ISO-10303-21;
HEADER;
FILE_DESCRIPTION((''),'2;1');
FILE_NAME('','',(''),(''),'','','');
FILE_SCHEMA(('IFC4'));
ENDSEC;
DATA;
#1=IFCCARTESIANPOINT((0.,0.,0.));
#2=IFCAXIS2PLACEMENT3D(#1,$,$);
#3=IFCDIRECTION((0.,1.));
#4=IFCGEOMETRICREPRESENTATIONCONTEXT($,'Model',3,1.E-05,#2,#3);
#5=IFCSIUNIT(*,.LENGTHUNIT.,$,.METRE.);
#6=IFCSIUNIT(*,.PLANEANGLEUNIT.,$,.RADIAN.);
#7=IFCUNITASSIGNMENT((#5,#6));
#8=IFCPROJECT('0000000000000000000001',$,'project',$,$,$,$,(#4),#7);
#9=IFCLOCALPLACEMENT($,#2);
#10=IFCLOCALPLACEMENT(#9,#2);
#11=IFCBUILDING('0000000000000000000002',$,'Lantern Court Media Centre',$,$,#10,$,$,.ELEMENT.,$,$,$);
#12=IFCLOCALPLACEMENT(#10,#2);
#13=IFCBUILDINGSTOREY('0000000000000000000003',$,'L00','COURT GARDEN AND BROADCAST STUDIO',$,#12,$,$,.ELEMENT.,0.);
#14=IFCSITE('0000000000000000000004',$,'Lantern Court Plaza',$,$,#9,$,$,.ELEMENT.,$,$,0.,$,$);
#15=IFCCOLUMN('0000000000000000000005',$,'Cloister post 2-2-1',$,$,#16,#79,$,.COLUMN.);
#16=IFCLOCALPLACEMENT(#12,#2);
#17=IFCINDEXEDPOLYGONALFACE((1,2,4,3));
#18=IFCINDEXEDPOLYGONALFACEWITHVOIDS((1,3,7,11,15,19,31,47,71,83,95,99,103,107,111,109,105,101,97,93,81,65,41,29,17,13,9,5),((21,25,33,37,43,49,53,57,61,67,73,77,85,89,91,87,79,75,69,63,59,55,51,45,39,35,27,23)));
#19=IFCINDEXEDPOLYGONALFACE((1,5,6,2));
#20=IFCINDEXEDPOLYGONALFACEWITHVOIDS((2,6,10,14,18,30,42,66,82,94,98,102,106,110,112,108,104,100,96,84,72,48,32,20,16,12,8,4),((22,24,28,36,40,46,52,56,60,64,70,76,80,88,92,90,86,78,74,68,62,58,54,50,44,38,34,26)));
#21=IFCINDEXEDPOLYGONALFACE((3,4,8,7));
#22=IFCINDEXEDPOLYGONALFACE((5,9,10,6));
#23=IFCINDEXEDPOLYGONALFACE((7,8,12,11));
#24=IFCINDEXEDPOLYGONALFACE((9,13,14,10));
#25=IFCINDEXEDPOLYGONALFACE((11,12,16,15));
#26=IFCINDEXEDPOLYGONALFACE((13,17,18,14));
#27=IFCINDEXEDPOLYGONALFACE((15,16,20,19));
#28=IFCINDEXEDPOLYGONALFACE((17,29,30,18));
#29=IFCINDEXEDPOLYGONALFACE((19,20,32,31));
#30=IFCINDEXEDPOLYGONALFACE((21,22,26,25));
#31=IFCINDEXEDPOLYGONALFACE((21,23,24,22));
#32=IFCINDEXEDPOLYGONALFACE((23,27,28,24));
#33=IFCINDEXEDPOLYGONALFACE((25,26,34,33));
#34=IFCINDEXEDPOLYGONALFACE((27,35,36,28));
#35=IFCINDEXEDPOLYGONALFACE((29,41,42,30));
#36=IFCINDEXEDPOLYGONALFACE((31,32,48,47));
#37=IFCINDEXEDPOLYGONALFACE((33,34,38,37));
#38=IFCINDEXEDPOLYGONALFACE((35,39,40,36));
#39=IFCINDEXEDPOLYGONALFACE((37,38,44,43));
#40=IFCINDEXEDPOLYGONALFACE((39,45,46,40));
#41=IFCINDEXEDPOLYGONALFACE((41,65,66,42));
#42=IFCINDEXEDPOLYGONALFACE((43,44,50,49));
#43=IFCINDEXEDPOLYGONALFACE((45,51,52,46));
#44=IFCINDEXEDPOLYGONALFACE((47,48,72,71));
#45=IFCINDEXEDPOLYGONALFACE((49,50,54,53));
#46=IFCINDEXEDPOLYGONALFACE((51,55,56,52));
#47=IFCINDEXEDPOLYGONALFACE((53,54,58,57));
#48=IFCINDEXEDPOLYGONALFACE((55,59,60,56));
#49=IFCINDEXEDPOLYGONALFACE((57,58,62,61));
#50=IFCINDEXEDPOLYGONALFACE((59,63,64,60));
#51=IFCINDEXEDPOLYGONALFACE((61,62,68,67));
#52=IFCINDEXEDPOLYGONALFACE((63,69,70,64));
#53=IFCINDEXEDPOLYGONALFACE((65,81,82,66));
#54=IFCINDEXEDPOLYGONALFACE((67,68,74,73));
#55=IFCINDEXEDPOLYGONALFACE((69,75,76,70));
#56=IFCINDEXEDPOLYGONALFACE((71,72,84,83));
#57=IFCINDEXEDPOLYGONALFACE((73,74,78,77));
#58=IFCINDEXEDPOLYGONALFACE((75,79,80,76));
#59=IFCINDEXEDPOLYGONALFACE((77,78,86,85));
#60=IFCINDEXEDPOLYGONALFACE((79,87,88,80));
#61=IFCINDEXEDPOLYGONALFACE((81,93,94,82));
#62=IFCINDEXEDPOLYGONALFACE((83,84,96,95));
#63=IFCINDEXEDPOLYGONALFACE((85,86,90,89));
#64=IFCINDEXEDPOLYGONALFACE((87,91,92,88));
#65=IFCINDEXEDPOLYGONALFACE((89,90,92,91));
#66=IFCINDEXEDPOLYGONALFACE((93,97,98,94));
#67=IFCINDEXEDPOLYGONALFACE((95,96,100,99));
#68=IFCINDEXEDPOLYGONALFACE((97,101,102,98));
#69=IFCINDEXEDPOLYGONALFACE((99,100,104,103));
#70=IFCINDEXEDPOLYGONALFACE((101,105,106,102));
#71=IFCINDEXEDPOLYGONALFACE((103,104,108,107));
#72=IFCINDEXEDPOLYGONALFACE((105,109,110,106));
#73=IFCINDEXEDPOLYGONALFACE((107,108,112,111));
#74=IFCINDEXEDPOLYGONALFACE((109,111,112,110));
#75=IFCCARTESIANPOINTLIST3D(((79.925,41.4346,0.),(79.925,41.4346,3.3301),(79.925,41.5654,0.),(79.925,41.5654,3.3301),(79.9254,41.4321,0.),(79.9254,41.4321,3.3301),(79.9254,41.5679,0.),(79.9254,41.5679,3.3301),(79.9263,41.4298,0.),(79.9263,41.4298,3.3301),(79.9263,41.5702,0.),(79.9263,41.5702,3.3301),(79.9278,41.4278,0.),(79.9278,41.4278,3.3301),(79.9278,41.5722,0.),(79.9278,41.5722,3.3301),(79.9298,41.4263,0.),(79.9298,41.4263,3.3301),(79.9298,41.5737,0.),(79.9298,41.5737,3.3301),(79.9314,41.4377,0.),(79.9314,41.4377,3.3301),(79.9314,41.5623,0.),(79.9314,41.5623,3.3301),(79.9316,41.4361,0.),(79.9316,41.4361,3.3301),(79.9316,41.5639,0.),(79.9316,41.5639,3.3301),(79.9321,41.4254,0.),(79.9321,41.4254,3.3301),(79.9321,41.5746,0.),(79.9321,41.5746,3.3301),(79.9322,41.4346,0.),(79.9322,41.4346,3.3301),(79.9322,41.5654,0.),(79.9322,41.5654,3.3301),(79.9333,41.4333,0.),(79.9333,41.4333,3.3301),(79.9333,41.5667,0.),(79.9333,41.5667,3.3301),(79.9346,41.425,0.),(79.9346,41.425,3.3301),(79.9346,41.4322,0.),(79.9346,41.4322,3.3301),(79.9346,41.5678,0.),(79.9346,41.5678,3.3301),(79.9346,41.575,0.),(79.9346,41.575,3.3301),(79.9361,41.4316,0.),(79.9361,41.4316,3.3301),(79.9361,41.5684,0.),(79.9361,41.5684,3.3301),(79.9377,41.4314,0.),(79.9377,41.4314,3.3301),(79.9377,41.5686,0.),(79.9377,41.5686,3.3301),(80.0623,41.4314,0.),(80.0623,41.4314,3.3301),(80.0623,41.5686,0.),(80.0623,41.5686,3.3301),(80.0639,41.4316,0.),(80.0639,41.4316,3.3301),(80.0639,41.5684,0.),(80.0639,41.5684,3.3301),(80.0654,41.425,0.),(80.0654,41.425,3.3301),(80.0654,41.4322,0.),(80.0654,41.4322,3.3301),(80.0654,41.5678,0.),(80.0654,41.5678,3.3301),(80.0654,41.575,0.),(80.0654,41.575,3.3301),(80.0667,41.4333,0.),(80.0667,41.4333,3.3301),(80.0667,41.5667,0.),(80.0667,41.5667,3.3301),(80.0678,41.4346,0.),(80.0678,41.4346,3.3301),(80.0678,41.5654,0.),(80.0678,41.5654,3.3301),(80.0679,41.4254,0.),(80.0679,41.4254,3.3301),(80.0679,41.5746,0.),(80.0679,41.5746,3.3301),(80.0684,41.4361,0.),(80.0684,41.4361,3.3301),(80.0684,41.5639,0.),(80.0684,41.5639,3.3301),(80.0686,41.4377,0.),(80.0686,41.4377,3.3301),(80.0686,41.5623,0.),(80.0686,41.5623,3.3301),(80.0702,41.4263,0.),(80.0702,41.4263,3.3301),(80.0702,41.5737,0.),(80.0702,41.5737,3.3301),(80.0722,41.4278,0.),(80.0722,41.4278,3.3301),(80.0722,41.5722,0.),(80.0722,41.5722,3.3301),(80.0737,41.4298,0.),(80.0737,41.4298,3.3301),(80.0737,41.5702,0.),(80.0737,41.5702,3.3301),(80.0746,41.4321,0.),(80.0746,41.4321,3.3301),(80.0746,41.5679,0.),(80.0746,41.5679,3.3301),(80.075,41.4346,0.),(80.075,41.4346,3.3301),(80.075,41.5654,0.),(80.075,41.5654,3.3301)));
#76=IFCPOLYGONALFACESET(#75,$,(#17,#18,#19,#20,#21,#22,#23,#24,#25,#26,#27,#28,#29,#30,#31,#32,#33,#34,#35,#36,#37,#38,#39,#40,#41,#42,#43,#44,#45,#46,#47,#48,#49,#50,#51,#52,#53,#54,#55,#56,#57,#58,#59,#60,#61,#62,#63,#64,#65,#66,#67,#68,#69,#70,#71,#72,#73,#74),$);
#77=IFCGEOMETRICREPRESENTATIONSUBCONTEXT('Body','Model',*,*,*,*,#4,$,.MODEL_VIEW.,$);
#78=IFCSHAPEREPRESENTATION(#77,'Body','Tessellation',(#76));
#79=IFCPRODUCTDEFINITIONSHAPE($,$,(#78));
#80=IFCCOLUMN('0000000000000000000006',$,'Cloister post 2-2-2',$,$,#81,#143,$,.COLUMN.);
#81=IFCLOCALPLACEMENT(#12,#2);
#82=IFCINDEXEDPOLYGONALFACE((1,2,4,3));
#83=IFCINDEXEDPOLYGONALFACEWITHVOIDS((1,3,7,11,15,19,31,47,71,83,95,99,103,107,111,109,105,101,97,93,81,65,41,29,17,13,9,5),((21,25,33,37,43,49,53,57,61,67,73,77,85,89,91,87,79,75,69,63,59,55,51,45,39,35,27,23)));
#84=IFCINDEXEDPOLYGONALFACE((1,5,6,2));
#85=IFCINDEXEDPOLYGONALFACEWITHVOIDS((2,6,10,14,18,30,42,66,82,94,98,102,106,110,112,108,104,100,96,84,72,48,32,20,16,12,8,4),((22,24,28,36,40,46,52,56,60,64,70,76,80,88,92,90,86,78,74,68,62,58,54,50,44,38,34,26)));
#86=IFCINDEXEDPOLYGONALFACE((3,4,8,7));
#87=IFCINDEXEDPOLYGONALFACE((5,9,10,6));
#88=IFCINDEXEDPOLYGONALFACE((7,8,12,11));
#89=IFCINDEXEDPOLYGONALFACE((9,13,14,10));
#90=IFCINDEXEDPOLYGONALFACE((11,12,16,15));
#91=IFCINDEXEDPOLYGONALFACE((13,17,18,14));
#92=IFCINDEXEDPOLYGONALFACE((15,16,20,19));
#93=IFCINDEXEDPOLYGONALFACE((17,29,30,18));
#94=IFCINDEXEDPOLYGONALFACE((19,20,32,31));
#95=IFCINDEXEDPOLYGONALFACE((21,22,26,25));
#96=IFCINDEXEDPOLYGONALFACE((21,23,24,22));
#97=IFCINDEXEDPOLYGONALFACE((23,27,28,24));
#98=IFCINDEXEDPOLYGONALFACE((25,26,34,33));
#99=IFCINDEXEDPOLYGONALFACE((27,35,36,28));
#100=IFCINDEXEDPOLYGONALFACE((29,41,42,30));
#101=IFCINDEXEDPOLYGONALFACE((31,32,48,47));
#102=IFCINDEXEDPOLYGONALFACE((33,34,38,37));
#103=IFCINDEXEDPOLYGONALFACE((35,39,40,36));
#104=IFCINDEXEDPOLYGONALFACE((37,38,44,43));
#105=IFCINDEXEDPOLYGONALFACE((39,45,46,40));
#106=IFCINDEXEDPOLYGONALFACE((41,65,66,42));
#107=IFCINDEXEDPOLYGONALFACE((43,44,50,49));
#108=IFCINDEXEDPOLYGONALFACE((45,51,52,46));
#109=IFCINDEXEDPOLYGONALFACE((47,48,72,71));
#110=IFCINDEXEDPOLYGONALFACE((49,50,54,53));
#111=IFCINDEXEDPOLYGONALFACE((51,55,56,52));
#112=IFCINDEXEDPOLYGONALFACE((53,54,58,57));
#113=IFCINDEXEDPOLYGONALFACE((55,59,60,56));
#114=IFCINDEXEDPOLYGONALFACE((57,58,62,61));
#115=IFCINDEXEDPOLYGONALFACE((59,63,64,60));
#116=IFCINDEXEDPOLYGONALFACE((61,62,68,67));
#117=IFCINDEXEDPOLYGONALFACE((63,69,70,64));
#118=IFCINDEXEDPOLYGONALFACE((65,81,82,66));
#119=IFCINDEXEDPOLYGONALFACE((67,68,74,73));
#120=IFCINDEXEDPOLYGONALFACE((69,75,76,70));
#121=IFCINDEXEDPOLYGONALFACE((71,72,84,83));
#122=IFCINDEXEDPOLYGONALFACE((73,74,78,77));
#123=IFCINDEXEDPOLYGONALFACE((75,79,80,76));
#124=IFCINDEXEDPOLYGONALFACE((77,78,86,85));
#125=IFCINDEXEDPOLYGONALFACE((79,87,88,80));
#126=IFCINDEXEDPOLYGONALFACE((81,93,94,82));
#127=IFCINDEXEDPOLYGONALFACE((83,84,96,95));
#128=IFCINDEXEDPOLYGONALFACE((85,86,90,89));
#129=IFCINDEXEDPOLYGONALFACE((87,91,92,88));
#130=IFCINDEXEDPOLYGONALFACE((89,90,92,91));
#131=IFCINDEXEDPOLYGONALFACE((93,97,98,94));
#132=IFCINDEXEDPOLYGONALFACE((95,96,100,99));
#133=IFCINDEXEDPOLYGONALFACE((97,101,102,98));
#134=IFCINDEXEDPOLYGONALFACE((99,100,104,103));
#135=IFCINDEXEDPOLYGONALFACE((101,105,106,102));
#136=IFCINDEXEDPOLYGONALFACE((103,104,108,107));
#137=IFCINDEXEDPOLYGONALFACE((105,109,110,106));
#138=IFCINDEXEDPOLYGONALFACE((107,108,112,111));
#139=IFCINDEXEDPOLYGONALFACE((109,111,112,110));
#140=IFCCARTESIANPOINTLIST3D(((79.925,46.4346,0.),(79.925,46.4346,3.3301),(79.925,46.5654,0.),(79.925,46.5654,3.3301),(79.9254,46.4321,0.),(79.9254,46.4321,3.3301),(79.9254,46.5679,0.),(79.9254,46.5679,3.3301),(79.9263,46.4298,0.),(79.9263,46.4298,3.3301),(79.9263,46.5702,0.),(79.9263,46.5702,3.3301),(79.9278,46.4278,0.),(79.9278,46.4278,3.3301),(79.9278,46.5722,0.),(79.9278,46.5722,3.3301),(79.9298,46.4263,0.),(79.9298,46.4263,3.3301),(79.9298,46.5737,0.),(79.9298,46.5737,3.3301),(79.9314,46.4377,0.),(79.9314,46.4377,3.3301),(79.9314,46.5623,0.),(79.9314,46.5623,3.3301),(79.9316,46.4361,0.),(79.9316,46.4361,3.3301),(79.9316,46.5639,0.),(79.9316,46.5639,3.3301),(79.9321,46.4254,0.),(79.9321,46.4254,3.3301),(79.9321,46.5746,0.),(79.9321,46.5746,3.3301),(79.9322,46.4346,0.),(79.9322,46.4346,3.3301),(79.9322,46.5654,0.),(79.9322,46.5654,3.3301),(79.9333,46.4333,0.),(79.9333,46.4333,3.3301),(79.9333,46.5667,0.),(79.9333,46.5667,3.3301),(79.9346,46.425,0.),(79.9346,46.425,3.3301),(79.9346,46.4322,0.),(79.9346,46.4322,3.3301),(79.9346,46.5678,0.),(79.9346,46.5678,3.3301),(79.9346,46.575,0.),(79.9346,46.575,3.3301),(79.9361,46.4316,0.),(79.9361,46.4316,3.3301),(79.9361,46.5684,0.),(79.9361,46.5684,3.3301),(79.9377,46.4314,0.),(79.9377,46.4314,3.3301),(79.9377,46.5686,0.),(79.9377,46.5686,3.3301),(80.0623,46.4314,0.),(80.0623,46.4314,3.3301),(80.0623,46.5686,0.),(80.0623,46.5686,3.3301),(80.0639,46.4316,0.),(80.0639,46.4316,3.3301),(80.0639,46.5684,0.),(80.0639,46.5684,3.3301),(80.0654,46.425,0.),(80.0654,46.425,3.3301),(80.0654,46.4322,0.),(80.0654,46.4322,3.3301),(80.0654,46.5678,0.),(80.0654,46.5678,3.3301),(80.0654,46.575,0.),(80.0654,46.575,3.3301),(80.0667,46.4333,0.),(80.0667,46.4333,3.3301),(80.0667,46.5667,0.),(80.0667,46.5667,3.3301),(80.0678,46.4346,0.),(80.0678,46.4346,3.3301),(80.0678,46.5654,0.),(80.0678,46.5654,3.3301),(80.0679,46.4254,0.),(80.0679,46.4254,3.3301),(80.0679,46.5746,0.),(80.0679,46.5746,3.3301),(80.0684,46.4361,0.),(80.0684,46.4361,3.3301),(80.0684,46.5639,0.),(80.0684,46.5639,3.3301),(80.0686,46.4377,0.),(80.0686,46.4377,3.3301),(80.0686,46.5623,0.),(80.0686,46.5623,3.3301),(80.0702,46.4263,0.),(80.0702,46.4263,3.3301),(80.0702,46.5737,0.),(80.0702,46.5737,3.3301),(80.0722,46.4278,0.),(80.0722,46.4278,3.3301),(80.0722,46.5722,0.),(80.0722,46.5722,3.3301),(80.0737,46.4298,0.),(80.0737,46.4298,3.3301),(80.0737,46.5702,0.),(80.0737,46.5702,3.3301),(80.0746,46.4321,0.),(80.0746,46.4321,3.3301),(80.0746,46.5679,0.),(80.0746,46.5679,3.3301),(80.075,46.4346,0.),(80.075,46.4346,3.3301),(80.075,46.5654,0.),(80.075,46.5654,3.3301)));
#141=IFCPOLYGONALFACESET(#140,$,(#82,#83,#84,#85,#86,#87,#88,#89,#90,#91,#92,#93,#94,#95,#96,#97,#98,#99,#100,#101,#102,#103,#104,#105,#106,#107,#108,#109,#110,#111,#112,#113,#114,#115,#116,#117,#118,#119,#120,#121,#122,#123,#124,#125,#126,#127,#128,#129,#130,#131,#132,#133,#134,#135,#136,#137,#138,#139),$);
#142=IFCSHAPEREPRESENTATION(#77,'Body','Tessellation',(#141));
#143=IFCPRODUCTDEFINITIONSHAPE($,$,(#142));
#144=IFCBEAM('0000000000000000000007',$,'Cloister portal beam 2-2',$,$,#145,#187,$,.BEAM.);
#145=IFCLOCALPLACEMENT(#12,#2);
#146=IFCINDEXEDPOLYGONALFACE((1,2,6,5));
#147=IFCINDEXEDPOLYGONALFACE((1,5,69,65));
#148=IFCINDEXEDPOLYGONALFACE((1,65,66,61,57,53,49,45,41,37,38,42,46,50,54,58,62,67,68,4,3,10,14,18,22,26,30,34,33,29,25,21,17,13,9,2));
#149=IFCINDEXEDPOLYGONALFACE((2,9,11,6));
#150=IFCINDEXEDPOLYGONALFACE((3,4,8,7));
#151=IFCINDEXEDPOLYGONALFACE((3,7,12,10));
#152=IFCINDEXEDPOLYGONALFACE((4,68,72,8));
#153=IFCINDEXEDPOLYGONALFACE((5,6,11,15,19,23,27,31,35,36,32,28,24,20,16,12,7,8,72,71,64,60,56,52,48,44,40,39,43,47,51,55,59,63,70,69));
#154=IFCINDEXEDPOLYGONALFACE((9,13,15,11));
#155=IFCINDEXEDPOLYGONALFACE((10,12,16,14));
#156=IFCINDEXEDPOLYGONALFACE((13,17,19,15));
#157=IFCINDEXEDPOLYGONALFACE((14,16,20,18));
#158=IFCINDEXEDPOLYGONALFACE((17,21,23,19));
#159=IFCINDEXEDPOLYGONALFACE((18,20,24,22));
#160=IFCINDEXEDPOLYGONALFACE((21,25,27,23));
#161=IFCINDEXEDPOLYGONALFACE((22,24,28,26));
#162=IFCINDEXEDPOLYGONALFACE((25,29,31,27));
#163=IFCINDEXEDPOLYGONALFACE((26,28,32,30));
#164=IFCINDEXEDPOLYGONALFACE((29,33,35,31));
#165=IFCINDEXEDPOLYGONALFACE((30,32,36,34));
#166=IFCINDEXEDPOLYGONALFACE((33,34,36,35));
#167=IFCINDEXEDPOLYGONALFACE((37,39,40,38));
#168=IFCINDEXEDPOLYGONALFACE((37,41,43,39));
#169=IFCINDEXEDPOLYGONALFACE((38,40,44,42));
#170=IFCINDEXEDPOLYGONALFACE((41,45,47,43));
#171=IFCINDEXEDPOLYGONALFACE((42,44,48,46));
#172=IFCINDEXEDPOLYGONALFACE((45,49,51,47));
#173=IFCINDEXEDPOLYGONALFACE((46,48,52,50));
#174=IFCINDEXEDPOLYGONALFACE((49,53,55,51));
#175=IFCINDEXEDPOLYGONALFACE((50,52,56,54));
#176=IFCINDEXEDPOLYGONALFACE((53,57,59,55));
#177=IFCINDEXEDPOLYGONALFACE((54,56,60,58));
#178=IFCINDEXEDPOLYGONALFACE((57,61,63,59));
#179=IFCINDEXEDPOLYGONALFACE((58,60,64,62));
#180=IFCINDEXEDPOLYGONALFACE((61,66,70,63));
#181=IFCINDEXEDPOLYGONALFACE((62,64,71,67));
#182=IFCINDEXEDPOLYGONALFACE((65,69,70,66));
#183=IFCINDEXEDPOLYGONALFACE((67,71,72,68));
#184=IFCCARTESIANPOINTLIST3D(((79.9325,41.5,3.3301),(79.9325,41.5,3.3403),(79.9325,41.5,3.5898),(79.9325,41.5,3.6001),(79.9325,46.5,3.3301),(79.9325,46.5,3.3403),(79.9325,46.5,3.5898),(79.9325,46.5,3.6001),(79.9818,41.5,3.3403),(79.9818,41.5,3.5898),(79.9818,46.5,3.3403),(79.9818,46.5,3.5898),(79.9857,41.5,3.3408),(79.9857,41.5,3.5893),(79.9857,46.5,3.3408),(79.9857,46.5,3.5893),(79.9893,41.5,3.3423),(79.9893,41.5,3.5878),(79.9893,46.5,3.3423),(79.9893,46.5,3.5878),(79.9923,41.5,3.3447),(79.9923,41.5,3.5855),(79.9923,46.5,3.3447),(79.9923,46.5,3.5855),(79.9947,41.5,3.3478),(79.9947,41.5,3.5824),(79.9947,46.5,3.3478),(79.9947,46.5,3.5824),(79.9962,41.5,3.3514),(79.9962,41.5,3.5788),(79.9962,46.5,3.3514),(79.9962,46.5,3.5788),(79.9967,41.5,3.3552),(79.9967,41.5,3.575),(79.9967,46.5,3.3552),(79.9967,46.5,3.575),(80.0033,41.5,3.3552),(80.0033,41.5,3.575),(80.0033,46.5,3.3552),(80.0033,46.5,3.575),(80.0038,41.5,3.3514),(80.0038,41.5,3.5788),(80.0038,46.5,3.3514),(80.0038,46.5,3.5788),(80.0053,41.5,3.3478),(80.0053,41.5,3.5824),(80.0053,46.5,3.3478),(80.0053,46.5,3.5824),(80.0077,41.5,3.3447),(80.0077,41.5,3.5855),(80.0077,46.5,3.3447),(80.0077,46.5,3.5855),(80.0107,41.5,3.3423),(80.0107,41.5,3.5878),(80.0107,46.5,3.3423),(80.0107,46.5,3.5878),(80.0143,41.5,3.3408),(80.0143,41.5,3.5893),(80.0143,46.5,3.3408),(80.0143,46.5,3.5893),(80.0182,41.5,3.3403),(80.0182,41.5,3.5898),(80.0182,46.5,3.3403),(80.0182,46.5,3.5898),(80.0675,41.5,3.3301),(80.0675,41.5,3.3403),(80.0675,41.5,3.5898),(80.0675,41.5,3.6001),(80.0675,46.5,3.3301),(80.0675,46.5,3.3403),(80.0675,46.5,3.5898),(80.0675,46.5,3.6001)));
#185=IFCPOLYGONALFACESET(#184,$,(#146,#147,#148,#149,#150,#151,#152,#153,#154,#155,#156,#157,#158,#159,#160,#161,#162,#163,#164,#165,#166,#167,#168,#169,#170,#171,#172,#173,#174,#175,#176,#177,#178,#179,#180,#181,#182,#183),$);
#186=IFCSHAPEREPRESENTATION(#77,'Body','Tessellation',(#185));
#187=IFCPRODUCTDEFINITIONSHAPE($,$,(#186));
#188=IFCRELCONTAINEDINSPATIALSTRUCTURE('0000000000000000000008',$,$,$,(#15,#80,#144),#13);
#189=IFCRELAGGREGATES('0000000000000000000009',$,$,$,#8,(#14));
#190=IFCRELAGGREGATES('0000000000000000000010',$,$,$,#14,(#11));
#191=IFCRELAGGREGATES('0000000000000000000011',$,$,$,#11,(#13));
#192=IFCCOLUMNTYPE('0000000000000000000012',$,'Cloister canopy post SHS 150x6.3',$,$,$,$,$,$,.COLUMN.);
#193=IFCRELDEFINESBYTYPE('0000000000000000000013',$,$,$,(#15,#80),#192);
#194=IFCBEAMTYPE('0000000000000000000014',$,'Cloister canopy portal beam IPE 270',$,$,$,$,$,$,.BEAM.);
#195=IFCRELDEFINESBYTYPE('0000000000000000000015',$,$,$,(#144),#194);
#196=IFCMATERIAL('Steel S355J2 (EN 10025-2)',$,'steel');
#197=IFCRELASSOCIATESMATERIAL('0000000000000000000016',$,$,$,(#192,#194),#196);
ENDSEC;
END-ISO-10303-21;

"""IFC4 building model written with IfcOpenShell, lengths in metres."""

from ifc_helpers import new_model, si_unit, direction, frame, origin, origin_2d, place, context, subcontext, project, spatial, hollow_rectangle, i_section, extrude, material, material_profile, profile_set, type_object, element, save


model = new_model("IFC4")

# Units and contexts
model_context = context("Model", 3, precision=1e-05, world=origin(), true_north=direction((0.0, 1.0)))
body_context = subcontext(model_context, "Body", "Model", "MODEL_VIEW")
ifc_project = project(units=[si_unit("LENGTHUNIT", "METRE"), si_unit("PLANEANGLEUNIT", "RADIAN")], contexts=[model_context])

# Site, building, storey
site_placement = place(None, origin())
site = spatial("IfcSite", under=ifc_project, at=site_placement, Name="Lantern Court Plaza", CompositionType="ELEMENT", RefElevation=0.0)
building_placement = place(site_placement, origin())
building = spatial("IfcBuilding", under=site, at=building_placement, Name="Lantern Court Media Centre", CompositionType="ELEMENT")
storey_placement = place(building_placement, origin())
storey = spatial("IfcBuildingStorey", under=building, at=storey_placement, Name="L00", Description="COURT GARDEN AND BROADCAST STUDIO", CompositionType="ELEMENT", Elevation=0.0)

# Columns
ifc_material_1 = material(Name="Steel S355J2 (EN 10025-2)", Category="steel")
ifc_material_profile_1 = material_profile(ifc_material_1, hollow_rectangle(XDim=0.1499, YDim=0.1499, WallThickness=0.0063, InnerFilletRadius=0.0063, OuterFilletRadius=0.0095, at=origin_2d()), Name="Cloister canopy post SHS 150x6.3")
ifc_profile_set_1 = profile_set([ifc_material_profile_1], Name="Steel S355J2 (EN 10025-2)")
column_type = type_object("IfcColumnType", Name="Cloister canopy post SHS 150x6.3", PredefinedType="COLUMN", material=ifc_profile_set_1)
for number, where, z_axis, x_axis, name in (
    (1, (80.0, 41.5, 0.0), (0.0, 0.0, 1.0), (1.0, 0.0, 0.0), "Cloister post 2-2-1"),
    (2, (80.0, 46.5, 0.0), (0.0, 0.0, 1.0), (1.0, 0.0, 0.0), "Cloister post 2-2-2"),
):
    element("IfcColumn", number, at=place(storey_placement, frame(where, z_axis=z_axis, x_axis=x_axis)), inside=storey, type_object=column_type, Name=name, PredefinedType="COLUMN", context=body_context, shape_type="SweptSolid", body=[
        extrude(hollow_rectangle(XDim=0.1499, YDim=0.1499, WallThickness=0.0063, InnerFilletRadius=0.0063, OuterFilletRadius=0.0095, at=origin_2d()), origin(), (0.0, 0.0, 1.0), 3.3301),
    ])

# Beam
ifc_material_profile_2 = material_profile(ifc_material_1, i_section(OverallWidth=0.135, OverallDepth=0.27, WebThickness=0.0066, FlangeThickness=0.0103, FilletRadius=0.0149, at=origin_2d()), Name="IPE 270")
ifc_profile_set_2 = profile_set([ifc_material_profile_2], Name="Steel S355J2 (EN 10025-2)")
beam_type_1 = type_object("IfcBeamType", Name="Cloister canopy portal beam IPE 270", PredefinedType="BEAM", material=ifc_profile_set_2)
beam_1_placement = place(storey_placement, frame((80.0, 41.5, 3.4651), z_axis=(0.0, 1.0, 0.0), x_axis=(-1.0, 0.0, 0.0)))
element("IfcBeam", 3, at=beam_1_placement, inside=storey, type_object=beam_type_1, Name="Cloister portal beam 2-2", PredefinedType="BEAM", context=body_context, shape_type="SweptSolid", body=[
    extrude(i_section(OverallWidth=0.135, OverallDepth=0.27, WebThickness=0.0066, FlangeThickness=0.0103, FilletRadius=0.0149, at=origin_2d()), origin(), (0.0, 0.0, 1.0), 5.0),
])

save(model, "model.ifc")
